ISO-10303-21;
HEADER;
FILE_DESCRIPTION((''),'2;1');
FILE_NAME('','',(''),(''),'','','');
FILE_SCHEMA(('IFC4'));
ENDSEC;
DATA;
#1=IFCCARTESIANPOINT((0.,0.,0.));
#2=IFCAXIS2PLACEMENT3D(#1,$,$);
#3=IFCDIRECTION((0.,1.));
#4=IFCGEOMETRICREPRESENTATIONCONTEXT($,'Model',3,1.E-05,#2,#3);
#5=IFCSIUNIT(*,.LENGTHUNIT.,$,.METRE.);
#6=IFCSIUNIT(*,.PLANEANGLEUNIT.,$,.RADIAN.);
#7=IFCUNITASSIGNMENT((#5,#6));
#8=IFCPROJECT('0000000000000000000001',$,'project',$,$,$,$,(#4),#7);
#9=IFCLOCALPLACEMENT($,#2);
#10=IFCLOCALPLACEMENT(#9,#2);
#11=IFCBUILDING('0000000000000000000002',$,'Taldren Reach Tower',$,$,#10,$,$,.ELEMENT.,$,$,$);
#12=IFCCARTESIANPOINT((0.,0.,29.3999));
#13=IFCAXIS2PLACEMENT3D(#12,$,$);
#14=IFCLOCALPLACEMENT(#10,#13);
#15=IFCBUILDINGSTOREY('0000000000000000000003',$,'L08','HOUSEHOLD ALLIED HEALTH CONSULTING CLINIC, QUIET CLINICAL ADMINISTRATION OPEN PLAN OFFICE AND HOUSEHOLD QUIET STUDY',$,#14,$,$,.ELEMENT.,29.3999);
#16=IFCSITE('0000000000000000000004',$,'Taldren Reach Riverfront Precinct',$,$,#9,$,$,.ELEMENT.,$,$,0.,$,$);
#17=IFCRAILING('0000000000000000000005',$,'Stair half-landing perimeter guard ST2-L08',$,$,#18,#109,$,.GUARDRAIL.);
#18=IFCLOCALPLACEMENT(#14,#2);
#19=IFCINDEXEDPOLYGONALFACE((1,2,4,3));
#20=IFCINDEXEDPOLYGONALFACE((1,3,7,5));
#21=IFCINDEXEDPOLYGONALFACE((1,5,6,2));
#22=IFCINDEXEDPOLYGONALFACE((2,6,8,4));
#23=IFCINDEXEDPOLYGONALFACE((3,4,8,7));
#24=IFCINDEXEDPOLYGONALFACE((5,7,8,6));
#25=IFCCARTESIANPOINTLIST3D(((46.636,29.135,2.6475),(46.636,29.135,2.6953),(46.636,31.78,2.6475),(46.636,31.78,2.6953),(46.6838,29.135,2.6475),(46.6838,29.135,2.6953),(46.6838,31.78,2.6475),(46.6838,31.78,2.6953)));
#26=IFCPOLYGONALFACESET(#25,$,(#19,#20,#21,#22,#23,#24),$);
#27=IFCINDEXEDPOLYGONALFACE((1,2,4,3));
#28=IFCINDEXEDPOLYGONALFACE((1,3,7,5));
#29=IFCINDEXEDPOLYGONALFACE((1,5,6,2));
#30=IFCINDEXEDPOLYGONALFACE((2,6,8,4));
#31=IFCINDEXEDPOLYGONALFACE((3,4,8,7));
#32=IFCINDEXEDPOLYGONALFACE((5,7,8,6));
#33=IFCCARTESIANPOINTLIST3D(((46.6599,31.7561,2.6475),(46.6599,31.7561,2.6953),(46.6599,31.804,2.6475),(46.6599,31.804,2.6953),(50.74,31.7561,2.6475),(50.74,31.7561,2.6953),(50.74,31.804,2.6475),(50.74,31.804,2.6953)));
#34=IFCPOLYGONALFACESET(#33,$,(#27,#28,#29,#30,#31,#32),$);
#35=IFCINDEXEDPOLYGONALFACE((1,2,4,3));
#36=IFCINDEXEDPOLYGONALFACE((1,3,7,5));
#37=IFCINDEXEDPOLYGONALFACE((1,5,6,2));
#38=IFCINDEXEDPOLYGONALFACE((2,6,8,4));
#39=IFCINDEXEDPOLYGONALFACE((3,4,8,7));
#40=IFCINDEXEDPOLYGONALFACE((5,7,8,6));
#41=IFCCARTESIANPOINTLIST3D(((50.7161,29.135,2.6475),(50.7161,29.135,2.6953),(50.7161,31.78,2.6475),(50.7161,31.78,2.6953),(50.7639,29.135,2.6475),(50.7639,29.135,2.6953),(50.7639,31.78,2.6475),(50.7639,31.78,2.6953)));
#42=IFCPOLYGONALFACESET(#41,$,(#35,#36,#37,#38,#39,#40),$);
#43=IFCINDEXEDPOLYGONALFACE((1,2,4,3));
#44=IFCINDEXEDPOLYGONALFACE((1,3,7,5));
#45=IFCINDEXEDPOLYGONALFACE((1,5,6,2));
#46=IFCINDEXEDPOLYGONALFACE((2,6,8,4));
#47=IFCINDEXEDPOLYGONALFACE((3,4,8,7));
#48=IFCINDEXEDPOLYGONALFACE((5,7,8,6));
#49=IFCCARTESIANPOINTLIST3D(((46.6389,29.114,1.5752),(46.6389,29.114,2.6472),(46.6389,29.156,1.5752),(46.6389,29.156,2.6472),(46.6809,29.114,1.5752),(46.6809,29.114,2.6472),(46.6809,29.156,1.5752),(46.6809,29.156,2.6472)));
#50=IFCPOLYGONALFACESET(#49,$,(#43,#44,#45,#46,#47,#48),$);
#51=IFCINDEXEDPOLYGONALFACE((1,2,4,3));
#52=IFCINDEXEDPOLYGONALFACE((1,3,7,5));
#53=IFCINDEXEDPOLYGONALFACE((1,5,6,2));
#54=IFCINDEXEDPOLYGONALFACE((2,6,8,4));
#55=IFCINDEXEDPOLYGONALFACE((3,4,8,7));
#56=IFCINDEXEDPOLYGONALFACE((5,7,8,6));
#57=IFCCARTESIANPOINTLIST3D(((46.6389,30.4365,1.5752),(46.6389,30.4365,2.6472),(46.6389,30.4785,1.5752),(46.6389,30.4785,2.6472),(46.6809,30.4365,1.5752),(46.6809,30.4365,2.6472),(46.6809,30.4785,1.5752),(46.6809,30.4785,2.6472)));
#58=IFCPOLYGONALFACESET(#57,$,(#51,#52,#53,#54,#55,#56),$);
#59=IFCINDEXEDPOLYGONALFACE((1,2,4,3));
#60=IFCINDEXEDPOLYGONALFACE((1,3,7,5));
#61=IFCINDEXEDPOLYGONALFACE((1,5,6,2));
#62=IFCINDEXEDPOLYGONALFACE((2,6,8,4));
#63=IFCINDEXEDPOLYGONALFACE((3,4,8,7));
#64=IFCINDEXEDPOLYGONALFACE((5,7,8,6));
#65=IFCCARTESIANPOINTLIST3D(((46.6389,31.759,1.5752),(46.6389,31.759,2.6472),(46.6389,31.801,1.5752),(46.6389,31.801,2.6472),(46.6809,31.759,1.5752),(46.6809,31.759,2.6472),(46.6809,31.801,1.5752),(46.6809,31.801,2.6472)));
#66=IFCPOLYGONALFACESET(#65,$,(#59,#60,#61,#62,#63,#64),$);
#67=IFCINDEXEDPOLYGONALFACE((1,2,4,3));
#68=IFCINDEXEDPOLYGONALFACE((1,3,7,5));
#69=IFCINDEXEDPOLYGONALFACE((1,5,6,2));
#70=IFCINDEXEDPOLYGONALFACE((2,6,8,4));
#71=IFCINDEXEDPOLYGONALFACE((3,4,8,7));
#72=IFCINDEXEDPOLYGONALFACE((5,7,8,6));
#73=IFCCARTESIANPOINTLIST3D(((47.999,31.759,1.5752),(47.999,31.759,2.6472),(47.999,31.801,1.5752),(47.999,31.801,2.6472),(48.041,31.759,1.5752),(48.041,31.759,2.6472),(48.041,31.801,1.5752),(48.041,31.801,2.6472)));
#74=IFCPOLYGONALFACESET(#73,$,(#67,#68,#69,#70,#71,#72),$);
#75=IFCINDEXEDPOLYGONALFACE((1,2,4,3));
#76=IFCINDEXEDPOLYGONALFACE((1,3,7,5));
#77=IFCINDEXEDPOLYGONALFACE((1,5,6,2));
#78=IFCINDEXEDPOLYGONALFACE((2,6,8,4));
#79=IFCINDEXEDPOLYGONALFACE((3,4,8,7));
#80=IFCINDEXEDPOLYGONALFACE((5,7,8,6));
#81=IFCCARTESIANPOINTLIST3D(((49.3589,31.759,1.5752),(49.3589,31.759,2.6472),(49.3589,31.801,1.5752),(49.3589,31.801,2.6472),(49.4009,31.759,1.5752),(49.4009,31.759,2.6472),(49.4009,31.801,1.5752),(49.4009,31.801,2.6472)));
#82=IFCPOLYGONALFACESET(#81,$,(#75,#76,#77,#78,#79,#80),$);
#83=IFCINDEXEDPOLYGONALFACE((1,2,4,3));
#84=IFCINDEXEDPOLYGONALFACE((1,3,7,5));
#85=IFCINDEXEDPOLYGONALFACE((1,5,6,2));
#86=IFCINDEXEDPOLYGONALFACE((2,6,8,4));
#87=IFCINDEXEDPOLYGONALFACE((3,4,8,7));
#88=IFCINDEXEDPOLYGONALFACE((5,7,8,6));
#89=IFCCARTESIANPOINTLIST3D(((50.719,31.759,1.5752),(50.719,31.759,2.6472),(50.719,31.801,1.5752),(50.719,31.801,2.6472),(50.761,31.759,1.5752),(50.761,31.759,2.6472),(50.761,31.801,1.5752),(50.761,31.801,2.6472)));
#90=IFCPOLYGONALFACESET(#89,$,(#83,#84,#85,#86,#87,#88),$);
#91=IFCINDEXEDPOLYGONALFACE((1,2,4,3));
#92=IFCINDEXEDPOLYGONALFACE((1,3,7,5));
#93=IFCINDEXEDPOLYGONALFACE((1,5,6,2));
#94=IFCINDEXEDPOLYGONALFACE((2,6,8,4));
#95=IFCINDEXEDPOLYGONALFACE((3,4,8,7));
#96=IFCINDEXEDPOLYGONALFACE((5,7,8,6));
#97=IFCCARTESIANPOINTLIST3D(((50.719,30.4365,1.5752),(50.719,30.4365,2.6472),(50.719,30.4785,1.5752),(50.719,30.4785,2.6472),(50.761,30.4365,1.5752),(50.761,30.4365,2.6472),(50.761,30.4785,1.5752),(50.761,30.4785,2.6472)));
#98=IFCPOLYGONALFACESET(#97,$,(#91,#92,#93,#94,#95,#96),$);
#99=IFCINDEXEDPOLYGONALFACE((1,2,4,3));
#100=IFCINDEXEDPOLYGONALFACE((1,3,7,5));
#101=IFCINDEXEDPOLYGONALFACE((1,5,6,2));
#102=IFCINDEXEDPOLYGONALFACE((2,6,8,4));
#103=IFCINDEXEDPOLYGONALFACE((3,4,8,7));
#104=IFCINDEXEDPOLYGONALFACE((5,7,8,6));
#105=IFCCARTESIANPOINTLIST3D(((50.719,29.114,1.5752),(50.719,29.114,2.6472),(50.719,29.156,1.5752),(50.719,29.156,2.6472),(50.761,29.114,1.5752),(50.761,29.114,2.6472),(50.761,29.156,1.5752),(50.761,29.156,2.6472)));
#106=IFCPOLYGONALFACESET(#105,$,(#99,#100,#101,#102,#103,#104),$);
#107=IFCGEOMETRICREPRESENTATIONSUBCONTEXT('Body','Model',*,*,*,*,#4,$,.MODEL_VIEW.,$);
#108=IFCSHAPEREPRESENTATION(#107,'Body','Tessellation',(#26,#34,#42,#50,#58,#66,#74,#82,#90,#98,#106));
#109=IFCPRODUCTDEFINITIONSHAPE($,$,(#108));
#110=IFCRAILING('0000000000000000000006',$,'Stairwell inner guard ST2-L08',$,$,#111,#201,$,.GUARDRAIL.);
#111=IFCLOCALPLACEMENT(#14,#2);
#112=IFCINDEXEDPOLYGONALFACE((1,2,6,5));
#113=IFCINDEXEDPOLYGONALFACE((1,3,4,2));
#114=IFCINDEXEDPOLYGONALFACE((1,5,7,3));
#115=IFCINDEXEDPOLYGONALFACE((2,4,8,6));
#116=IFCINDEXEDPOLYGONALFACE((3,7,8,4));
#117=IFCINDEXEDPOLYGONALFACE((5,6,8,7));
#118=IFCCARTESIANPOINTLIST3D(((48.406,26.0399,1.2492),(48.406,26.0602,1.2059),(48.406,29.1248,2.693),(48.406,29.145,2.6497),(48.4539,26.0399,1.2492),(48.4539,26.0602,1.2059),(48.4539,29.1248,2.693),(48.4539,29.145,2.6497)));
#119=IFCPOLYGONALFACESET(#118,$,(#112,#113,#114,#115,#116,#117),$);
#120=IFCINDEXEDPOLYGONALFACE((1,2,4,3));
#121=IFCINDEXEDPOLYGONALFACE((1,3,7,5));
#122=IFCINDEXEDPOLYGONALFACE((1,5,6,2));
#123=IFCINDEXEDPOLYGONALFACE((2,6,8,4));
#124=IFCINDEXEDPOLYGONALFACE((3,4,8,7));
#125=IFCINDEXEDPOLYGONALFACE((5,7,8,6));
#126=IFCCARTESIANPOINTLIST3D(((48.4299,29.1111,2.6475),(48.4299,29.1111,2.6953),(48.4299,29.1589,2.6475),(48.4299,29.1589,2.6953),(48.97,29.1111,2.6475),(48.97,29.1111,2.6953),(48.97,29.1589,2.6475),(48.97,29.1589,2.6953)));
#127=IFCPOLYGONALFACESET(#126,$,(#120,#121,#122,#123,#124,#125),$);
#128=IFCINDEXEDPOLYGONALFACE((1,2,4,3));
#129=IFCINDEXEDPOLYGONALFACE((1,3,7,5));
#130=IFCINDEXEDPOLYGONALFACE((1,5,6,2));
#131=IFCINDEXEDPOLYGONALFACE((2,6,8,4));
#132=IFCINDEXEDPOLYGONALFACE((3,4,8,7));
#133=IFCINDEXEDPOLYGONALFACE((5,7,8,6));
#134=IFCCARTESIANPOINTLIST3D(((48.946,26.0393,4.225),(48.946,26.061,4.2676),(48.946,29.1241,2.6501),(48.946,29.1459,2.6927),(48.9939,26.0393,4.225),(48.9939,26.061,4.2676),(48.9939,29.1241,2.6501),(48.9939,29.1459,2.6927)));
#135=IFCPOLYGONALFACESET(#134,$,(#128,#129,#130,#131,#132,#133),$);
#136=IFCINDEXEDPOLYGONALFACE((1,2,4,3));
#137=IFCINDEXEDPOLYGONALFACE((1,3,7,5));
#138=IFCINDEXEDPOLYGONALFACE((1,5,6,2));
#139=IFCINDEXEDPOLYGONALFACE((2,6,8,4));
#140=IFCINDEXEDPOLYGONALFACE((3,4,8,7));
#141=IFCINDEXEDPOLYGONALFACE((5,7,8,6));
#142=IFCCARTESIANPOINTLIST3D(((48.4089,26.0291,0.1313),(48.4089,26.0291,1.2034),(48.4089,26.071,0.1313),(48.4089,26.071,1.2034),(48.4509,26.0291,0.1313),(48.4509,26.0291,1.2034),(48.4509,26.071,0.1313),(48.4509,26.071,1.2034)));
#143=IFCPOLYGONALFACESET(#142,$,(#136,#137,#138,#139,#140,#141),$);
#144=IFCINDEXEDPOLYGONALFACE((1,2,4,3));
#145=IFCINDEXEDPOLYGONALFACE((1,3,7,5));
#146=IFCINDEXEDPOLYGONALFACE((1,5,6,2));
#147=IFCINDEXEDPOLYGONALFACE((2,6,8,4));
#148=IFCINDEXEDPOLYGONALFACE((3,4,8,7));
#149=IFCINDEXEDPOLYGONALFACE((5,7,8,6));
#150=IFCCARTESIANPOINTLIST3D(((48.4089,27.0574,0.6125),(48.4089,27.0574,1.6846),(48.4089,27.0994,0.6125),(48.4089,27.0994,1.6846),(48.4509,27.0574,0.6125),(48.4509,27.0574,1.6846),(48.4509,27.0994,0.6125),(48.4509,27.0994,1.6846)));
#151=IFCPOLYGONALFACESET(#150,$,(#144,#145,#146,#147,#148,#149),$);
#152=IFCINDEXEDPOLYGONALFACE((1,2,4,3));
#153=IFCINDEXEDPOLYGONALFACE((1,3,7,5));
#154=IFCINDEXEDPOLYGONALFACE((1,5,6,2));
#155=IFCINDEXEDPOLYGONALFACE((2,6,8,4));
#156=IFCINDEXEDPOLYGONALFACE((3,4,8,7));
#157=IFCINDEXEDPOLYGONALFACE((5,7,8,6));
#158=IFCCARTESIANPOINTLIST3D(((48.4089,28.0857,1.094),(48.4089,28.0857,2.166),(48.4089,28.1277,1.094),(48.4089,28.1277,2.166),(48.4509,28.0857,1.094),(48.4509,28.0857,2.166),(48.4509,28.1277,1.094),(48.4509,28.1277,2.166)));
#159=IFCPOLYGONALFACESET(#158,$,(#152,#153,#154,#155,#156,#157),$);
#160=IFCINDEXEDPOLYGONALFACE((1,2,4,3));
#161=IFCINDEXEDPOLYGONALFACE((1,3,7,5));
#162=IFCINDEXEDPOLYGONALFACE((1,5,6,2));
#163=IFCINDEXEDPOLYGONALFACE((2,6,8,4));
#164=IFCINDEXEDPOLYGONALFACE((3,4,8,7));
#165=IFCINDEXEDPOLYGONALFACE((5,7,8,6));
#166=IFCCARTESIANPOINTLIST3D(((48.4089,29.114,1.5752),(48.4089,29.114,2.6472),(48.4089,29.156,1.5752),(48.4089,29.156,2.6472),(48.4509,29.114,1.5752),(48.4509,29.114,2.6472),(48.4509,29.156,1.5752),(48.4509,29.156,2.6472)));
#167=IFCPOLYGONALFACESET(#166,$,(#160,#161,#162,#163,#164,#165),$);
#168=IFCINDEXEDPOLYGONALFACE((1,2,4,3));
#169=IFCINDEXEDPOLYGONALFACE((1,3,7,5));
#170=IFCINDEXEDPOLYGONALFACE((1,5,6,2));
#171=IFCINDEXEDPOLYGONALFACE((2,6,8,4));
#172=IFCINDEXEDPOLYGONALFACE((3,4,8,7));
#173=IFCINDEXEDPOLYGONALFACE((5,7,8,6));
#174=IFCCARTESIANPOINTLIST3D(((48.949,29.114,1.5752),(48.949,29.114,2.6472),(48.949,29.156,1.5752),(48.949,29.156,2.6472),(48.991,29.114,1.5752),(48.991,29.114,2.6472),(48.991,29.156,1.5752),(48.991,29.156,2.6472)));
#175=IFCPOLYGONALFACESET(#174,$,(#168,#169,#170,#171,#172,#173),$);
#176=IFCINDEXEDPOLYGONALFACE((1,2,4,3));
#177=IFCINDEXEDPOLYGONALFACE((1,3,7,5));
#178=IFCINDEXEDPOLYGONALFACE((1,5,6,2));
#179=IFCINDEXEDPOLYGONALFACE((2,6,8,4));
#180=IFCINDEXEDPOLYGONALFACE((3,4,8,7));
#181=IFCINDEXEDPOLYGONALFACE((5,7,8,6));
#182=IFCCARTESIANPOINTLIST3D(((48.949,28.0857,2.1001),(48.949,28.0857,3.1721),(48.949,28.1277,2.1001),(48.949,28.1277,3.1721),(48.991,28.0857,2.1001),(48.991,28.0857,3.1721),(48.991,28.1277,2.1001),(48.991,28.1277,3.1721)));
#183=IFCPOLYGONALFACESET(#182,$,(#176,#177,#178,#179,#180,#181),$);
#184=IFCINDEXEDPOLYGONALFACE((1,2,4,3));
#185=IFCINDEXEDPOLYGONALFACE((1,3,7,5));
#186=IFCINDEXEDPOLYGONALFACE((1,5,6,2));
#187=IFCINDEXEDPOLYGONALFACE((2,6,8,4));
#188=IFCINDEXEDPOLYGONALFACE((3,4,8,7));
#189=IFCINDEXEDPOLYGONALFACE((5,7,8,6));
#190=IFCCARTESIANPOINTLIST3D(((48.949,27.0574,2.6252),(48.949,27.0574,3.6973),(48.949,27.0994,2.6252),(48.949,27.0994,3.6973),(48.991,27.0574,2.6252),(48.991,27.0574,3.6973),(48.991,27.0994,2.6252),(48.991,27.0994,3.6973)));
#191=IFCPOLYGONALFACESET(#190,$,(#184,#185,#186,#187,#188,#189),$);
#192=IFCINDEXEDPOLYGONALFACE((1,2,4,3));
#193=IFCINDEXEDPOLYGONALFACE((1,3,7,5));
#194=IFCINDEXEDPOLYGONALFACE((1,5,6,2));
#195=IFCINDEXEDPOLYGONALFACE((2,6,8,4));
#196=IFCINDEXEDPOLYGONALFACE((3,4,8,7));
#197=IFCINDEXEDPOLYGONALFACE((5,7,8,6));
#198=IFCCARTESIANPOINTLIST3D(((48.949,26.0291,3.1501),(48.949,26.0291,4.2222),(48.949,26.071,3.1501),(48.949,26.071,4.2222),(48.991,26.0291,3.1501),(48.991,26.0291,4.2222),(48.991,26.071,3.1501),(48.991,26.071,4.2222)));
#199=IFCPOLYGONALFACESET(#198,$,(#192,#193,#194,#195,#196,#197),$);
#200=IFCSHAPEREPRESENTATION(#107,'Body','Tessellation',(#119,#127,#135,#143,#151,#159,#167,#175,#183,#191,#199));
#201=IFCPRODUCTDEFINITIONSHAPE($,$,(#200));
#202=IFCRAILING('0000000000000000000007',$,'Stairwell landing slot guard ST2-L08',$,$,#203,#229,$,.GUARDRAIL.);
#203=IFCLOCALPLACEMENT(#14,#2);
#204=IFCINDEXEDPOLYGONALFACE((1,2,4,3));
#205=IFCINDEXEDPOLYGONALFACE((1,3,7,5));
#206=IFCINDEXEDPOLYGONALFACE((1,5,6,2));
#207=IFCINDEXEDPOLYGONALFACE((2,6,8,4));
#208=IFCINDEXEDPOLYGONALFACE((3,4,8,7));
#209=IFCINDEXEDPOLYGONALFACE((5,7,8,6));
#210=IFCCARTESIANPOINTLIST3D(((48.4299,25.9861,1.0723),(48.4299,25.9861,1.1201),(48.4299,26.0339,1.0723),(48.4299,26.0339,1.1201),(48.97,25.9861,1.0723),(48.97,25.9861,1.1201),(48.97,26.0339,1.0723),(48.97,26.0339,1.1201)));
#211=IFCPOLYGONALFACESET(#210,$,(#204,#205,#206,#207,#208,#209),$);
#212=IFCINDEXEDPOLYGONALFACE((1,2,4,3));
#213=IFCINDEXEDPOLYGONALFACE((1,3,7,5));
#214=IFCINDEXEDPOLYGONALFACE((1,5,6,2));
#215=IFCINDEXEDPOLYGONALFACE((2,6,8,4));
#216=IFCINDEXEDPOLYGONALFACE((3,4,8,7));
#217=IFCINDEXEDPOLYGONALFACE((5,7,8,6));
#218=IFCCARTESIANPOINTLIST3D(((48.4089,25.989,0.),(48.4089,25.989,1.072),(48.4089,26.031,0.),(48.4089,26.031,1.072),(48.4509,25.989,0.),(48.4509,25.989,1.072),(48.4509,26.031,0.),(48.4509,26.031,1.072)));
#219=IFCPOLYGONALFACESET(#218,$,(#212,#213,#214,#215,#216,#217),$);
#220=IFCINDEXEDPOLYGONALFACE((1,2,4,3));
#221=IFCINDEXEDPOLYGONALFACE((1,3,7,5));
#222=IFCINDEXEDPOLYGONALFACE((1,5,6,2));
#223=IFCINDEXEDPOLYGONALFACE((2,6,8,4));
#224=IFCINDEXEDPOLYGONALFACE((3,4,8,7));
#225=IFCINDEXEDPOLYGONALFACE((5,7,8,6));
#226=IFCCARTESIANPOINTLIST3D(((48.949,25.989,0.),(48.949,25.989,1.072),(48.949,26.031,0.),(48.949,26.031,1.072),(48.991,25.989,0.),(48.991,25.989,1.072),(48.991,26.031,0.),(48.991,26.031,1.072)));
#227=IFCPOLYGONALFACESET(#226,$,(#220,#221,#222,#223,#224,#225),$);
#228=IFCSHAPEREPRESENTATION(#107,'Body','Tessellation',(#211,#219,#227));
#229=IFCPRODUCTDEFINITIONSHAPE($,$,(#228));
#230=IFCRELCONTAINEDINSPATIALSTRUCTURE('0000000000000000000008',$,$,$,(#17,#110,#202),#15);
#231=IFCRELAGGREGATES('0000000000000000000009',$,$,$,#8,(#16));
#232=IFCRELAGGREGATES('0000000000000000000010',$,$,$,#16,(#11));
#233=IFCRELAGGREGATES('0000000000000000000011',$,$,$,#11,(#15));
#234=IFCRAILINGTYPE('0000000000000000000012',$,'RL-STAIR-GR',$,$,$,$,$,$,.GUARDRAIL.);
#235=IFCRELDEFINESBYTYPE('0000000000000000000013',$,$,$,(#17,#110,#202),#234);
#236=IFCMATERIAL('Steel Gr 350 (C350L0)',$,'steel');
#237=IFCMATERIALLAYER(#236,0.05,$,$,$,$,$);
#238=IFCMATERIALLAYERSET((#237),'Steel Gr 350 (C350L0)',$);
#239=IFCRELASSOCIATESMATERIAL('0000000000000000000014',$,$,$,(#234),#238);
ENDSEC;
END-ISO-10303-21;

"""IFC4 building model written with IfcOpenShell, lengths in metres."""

from ifc_helpers import new_model, si_unit, direction, frame, origin, origin_2d, place, context, subcontext, project, spatial, rectangle, extrude, material, layer, layer_set, type_object, element, save


model = new_model("IFC4")

# Units and contexts
model_context = context("Model", 3, precision=1e-05, world=origin(), true_north=direction((0.0, 1.0)))
body_context = subcontext(model_context, "Body", "Model", "MODEL_VIEW")
ifc_project = project(units=[si_unit("LENGTHUNIT", "METRE"), si_unit("PLANEANGLEUNIT", "RADIAN")], contexts=[model_context])

# Site, building, storey
site_placement = place(None, origin())
site = spatial("IfcSite", under=ifc_project, at=site_placement, Name="Taldren Reach Riverfront Precinct", CompositionType="ELEMENT", RefElevation=0.0)
building_placement = place(site_placement, origin())
building = spatial("IfcBuilding", under=site, at=building_placement, Name="Taldren Reach Tower", CompositionType="ELEMENT")
storey_placement = place(building_placement, frame((0.0, 0.0, 29.3999)))
storey = spatial("IfcBuildingStorey", under=building, at=storey_placement, Name="L08", Description="HOUSEHOLD ALLIED HEALTH CONSULTING CLINIC, QUIET CLINICAL ADMINISTRATION OPEN PLAN OFFICE AND HOUSEHOLD QUIET STUDY", CompositionType="ELEMENT", Elevation=29.3999)

# Railings
ifc_material_1 = material(Name="Steel Gr 350 (C350L0)", Category="steel")
ifc_layer_1 = layer(ifc_material_1, 0.05)
ifc_layer_set_1 = layer_set([ifc_layer_1], Name="Steel Gr 350 (C350L0)")
railing_type_1 = type_object("IfcRailingType", Name="RL-STAIR-GR", PredefinedType="GUARDRAIL", material=ifc_layer_set_1)
railing_1_placement = place(storey_placement, frame((46.6599, 29.135, 1.5752)))
element("IfcRailing", 1, at=railing_1_placement, inside=storey, type_object=railing_type_1, Name="Stair half-landing perimeter guard ST2-L08", PredefinedType="GUARDRAIL", context=body_context, shape_type="SweptSolid", body=[
    extrude(rectangle(XDim=0.0479, YDim=0.0479, at=origin_2d()), frame((0.0, 0.0, 1.0962), z_axis=(0.0, 1.0, 0.0), x_axis=(-1.0, 0.0, 0.0)), (0.0, 0.0, 1.0), 2.645),
    extrude(rectangle(XDim=0.0479, YDim=0.0479, at=origin_2d()), frame((0.0, 2.645, 1.0962), z_axis=(1.0, 0.0, 0.0), x_axis=(0.0, 1.0, 0.0)), (0.0, 0.0, 1.0), 4.0801),
    extrude(rectangle(XDim=0.0479, YDim=0.0479, at=origin_2d()), frame((4.0801, 2.645, 1.0962), z_axis=(0.0, -1.0, 0.0), x_axis=(1.0, 0.0, 0.0)), (0.0, 0.0, 1.0), 2.645),
    extrude(rectangle(XDim=0.042, YDim=0.042, at=origin_2d()), origin(), (0.0, 0.0, 1.0), 1.072),
    extrude(rectangle(XDim=0.042, YDim=0.042, at=origin_2d()), frame((0.0, 1.3225, 0.0)), (0.0, 0.0, 1.0), 1.072),
    extrude(rectangle(XDim=0.042, YDim=0.042, at=origin_2d()), frame((0.0, 2.645, 0.0)), (0.0, 0.0, 1.0), 1.072),
    extrude(rectangle(XDim=0.042, YDim=0.042, at=origin_2d()), frame((1.3601, 2.645, 0.0)), (0.0, 0.0, 1.0), 1.072),
    extrude(rectangle(XDim=0.042, YDim=0.042, at=origin_2d()), frame((2.72, 2.645, 0.0)), (0.0, 0.0, 1.0), 1.072),
    extrude(rectangle(XDim=0.042, YDim=0.042, at=origin_2d()), frame((4.0801, 2.645, 0.0)), (0.0, 0.0, 1.0), 1.072),
    extrude(rectangle(XDim=0.042, YDim=0.042, at=origin_2d()), frame((4.0801, 1.3225, 0.0)), (0.0, 0.0, 1.0), 1.072),
    extrude(rectangle(XDim=0.042, YDim=0.042, at=origin_2d()), frame((4.0801, 0.0, 0.0)), (0.0, 0.0, 1.0), 1.072),
])
railing_2_placement = place(storey_placement, frame((48.4299, 26.05, 0.1313)))
element("IfcRailing", 2, at=railing_2_placement, inside=storey, type_object=railing_type_1, Name="Stairwell inner guard ST2-L08", PredefinedType="GUARDRAIL", context=body_context, shape_type="SweptSolid", body=[
    extrude(rectangle(XDim=0.0479, YDim=0.0479, at=origin_2d()), frame((0.0, 0.0, 1.0962), z_axis=(0.0, 0.90571, 0.423898), x_axis=(-1.0, 0.0, 0.0)), (0.0, 0.0, 1.0), 3.406),
    extrude(rectangle(XDim=0.0479, YDim=0.0479, at=origin_2d()), frame((0.0, 3.085, 2.54), z_axis=(1.0, 0.0, 0.0), x_axis=(0.0, 1.0, 0.0)), (0.0, 0.0, 1.0), 0.54),
    extrude(rectangle(XDim=0.0479, YDim=0.0479, at=origin_2d()), frame((0.54, 3.085, 2.54), z_axis=(0.0, -0.890646, 0.454697), x_axis=(1.0, 0.0, 0.0)), (0.0, 0.0, 1.0), 3.4636),
    extrude(rectangle(XDim=0.042, YDim=0.042, at=origin_2d()), origin(), (0.0, 0.0, 1.0), 1.072),
    extrude(rectangle(XDim=0.042, YDim=0.042, at=origin_2d()), frame((0.0, 1.0283, 0.4812)), (0.0, 0.0, 1.0), 1.072),
    extrude(rectangle(XDim=0.042, YDim=0.042, at=origin_2d()), frame((0.0, 2.0566, 0.9626)), (0.0, 0.0, 1.0), 1.072),
    extrude(rectangle(XDim=0.042, YDim=0.042, at=origin_2d()), frame((0.0, 3.085, 1.4438)), (0.0, 0.0, 1.0), 1.072),
    extrude(rectangle(XDim=0.042, YDim=0.042, at=origin_2d()), frame((0.54, 3.085, 1.4438)), (0.0, 0.0, 1.0), 1.072),
    extrude(rectangle(XDim=0.042, YDim=0.042, at=origin_2d()), frame((0.54, 2.0566, 1.9688)), (0.0, 0.0, 1.0), 1.072),
    extrude(rectangle(XDim=0.042, YDim=0.042, at=origin_2d()), frame((0.54, 1.0283, 2.4939)), (0.0, 0.0, 1.0), 1.072),
    extrude(rectangle(XDim=0.042, YDim=0.042, at=origin_2d()), frame((0.54, 0.0, 3.0188)), (0.0, 0.0, 1.0), 1.072),
])
railing_3_placement = place(storey_placement, frame((48.4299, 26.01, 0.0)))
element("IfcRailing", 3, at=railing_3_placement, inside=storey, type_object=railing_type_1, Name="Stairwell landing slot guard ST2-L08", PredefinedType="GUARDRAIL", context=body_context, shape_type="SweptSolid", body=[
    extrude(rectangle(XDim=0.0479, YDim=0.0479, at=origin_2d()), frame((0.0, 0.0, 1.0962), z_axis=(1.0, 0.0, 0.0), x_axis=(0.0, 1.0, 0.0)), (0.0, 0.0, 1.0), 0.54),
    extrude(rectangle(XDim=0.042, YDim=0.042, at=origin_2d()), origin(), (0.0, 0.0, 1.0), 1.072),
    extrude(rectangle(XDim=0.042, YDim=0.042, at=origin_2d()), frame((0.54, 0.0, 0.0)), (0.0, 0.0, 1.0), 1.072),
])

save(model, "model.ifc")
